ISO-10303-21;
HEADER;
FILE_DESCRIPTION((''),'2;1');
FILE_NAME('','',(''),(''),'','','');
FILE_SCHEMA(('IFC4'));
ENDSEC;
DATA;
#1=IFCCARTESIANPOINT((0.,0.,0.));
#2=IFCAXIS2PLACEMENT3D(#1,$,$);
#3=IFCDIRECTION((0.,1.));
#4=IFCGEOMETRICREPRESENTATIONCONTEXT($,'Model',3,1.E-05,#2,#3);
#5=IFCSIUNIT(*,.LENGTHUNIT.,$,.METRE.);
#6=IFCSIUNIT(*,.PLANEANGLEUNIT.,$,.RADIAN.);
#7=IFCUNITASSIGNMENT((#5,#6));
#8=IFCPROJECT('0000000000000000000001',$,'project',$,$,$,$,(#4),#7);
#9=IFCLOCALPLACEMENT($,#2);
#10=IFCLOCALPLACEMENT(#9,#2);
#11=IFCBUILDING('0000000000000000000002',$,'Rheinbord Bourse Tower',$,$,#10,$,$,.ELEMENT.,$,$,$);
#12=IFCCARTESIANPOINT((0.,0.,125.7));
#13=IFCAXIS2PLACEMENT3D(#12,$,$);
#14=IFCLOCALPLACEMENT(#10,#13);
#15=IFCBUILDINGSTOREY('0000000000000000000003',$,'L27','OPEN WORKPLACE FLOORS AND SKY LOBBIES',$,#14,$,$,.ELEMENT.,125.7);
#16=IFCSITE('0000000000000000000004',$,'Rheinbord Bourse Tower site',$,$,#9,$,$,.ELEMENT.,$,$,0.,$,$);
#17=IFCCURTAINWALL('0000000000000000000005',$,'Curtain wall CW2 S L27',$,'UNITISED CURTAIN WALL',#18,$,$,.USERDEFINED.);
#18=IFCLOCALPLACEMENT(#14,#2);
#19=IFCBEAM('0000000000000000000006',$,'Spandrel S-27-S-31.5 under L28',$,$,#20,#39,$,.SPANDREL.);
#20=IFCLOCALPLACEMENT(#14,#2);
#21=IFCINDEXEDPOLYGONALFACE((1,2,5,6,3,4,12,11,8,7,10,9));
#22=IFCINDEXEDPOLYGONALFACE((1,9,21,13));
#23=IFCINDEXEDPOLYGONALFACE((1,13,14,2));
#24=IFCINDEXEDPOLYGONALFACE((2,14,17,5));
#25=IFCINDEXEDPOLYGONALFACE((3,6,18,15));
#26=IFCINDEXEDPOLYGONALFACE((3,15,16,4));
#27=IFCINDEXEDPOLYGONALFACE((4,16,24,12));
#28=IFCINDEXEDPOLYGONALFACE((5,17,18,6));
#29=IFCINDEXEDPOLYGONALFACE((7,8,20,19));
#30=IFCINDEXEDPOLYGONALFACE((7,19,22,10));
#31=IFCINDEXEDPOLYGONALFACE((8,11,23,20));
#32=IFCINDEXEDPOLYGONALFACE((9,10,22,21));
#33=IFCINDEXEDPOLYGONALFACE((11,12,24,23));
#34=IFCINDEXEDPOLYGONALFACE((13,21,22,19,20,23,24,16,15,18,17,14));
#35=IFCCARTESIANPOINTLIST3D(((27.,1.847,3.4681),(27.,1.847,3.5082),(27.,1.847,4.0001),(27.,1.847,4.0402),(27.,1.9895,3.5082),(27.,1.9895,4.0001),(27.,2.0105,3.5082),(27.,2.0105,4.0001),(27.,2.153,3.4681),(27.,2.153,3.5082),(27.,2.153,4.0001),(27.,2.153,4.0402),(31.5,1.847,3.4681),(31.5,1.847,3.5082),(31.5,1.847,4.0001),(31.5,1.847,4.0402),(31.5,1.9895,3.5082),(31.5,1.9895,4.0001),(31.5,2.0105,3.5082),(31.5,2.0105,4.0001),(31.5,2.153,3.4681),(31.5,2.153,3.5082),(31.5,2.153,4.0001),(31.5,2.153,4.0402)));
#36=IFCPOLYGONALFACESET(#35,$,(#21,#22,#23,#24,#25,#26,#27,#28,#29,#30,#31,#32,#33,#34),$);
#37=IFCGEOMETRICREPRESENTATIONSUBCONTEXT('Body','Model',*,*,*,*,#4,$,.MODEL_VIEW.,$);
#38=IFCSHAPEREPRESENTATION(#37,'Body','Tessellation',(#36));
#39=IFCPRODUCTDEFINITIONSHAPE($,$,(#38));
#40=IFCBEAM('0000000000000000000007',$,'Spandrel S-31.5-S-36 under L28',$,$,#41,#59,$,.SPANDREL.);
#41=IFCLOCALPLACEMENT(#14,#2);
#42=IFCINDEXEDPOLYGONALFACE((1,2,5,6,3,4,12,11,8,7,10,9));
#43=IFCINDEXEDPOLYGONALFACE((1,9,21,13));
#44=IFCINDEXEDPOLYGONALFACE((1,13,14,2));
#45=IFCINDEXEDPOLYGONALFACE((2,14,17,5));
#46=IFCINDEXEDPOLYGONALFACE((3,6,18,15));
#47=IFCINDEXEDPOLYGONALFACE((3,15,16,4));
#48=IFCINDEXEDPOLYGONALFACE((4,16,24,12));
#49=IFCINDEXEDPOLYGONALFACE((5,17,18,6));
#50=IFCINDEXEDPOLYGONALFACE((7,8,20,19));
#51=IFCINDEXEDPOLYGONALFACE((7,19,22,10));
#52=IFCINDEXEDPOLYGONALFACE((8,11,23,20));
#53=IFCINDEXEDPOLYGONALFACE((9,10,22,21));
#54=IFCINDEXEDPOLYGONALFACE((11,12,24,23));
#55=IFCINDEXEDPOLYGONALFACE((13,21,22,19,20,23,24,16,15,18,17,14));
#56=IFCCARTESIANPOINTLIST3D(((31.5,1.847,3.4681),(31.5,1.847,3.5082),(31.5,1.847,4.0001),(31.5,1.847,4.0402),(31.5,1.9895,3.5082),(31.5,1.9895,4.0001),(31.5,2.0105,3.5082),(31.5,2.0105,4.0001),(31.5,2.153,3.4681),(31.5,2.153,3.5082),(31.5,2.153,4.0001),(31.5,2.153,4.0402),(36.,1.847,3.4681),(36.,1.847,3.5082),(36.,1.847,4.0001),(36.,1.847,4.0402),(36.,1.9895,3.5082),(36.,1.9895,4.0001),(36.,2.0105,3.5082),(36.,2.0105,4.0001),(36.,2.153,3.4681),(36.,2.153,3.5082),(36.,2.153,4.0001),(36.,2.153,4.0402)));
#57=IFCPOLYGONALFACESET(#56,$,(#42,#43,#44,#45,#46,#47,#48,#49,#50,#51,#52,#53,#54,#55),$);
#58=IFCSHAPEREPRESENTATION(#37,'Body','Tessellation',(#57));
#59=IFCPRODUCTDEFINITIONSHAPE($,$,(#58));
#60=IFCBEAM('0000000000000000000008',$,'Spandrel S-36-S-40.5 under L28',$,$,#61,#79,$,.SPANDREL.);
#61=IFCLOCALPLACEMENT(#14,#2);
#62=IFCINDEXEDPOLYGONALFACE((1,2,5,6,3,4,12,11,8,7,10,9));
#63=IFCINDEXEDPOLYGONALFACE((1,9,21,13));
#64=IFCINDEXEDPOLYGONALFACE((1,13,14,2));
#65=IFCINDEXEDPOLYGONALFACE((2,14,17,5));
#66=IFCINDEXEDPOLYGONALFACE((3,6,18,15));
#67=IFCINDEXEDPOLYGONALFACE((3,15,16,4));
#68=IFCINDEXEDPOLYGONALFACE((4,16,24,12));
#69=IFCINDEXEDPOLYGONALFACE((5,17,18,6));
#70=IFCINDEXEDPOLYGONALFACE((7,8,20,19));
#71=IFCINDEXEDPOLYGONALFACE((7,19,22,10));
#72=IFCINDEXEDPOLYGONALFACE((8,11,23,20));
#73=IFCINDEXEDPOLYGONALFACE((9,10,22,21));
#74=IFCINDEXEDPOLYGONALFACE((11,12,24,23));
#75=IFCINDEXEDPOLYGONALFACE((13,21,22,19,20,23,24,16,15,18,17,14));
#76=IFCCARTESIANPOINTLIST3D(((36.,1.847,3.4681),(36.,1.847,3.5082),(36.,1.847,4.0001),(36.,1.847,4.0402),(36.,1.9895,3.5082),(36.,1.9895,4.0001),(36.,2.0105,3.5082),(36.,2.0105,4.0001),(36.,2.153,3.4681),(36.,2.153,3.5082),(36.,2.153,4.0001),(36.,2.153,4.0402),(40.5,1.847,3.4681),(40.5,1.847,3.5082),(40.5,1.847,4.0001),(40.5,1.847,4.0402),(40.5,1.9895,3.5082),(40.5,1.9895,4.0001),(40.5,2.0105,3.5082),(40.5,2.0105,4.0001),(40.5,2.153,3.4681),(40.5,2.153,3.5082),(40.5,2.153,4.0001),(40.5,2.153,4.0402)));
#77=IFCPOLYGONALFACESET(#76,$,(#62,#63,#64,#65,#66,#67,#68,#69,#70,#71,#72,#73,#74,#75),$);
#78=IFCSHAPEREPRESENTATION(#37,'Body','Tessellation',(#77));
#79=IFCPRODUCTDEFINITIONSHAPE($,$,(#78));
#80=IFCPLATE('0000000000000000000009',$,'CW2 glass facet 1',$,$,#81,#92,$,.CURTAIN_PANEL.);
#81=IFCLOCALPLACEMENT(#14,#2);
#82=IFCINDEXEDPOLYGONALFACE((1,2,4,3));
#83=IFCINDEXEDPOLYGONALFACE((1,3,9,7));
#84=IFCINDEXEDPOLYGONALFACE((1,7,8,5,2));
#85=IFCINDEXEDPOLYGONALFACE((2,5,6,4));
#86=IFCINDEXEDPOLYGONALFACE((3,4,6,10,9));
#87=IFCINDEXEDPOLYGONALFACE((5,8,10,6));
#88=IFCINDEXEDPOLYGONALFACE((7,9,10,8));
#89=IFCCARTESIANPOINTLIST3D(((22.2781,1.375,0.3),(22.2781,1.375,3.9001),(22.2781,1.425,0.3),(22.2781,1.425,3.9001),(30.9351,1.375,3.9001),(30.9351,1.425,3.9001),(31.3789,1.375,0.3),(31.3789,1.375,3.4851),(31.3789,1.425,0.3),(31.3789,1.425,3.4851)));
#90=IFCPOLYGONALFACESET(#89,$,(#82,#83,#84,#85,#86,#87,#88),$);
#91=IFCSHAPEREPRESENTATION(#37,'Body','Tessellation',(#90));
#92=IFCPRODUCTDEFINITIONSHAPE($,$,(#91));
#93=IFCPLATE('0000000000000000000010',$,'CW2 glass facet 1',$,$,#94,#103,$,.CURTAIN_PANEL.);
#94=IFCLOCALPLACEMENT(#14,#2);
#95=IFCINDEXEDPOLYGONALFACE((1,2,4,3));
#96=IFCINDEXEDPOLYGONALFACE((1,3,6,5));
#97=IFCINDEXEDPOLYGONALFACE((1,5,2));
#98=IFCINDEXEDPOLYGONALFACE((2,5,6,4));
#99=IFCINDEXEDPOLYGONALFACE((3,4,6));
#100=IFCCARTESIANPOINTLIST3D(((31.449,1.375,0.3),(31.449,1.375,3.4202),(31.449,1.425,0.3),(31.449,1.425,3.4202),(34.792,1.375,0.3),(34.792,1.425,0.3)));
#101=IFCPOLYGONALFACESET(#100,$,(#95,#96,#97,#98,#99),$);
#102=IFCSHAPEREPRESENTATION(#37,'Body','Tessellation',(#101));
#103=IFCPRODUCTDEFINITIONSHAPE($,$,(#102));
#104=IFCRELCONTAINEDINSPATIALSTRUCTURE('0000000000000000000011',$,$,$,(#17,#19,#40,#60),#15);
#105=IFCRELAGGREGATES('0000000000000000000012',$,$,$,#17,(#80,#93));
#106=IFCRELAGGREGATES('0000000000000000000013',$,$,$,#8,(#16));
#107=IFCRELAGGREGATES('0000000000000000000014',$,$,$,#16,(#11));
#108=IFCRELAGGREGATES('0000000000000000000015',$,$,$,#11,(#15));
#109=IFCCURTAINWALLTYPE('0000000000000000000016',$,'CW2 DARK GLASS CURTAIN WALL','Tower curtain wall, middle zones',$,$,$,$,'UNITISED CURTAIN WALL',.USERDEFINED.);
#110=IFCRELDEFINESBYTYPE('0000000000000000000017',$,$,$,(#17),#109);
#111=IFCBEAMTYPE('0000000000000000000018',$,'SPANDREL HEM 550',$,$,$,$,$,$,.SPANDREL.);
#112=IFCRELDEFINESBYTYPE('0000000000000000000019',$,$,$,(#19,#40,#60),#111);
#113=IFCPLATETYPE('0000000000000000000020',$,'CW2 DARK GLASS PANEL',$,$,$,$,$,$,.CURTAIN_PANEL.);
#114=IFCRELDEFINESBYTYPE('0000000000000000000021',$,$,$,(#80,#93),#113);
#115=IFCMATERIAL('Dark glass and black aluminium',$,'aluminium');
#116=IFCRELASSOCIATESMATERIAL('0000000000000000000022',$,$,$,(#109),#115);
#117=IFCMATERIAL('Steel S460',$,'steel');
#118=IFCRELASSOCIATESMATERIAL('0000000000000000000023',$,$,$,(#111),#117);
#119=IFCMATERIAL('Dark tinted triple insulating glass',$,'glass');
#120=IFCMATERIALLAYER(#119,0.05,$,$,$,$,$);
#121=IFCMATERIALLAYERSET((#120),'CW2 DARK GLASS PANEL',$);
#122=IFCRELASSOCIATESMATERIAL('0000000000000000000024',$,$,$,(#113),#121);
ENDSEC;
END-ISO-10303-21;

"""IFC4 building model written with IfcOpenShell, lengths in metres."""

from ifc_helpers import new_model, si_unit, direction, frame, origin, origin_2d, place, context, subcontext, project, spatial, polyline, i_section, outline, extrude, material, layer, layer_set, material_profile, profile_set, type_object, element, aggregate, save


model = new_model("IFC4")

# Units and contexts
model_context = context("Model", 3, precision=1e-05, world=origin(), true_north=direction((0.0, 1.0)))
body_context = subcontext(model_context, "Body", "Model", "MODEL_VIEW")
ifc_project = project(units=[si_unit("LENGTHUNIT", "METRE"), si_unit("PLANEANGLEUNIT", "RADIAN")], contexts=[model_context])

# Site, building, storey
site_placement = place(None, origin())
site = spatial("IfcSite", under=ifc_project, at=site_placement, Name="Rheinbord Bourse Tower site", CompositionType="ELEMENT", RefElevation=0.0)
building_placement = place(site_placement, origin())
building = spatial("IfcBuilding", under=site, at=building_placement, Name="Rheinbord Bourse Tower", CompositionType="ELEMENT")
storey_placement = place(building_placement, frame((0.0, 0.0, 125.7)))
storey = spatial("IfcBuildingStorey", under=building, at=storey_placement, Name="L27", Description="OPEN WORKPLACE FLOORS AND SKY LOBBIES", CompositionType="ELEMENT", Elevation=125.7)

# Curtain wall
ifc_material_1 = material(Name="Dark glass and black aluminium", Category="aluminium")
curtain_wall_type = type_object("IfcCurtainWallType", Name="CW2 DARK GLASS CURTAIN WALL", Description="Tower curtain wall, middle zones", ElementType="UNITISED CURTAIN WALL", PredefinedType="USERDEFINED", material=ifc_material_1)
curtain_wall_placement = place(storey_placement, origin())
curtain_wall = element("IfcCurtainWall", 1, at=curtain_wall_placement, inside=storey, type_object=curtain_wall_type, Name="Curtain wall CW2 S L27", ObjectType="UNITISED CURTAIN WALL", PredefinedType="USERDEFINED")

# Beams
ifc_material_2 = material(Name="Steel S460", Category="steel")
ifc_material_profile_1 = material_profile(ifc_material_2, i_section(OverallWidth=0.3059, OverallDepth=0.572, WebThickness=0.021, FlangeThickness=0.04, at=origin_2d()), Name="HEM 550")
ifc_profile_set_1 = profile_set([ifc_material_profile_1], Name="Steel S460")
beam_type_1 = type_object("IfcBeamType", Name="SPANDREL HEM 550", PredefinedType="SPANDREL", material=ifc_profile_set_1)
for number, where, z_axis, x_axis, name in (
    (2, (27.0, 2.0, 3.7542), (1.0, 0.0, 0.0), (0.0, 1.0, 0.0), "Spandrel S-27-S-31.5 under L28"),
    (3, (31.5, 2.0, 3.7542), (1.0, 0.0, 0.0), (0.0, 1.0, 0.0), "Spandrel S-31.5-S-36 under L28"),
    (4, (36.0, 2.0, 3.7542), (1.0, 0.0, 0.0), (0.0, 1.0, 0.0), "Spandrel S-36-S-40.5 under L28"),
):
    element("IfcBeam", number, at=place(storey_placement, frame(where, z_axis=z_axis, x_axis=x_axis)), inside=storey, type_object=beam_type_1, Name=name, PredefinedType="SPANDREL", context=body_context, shape_type="SweptSolid", body=[
        extrude(i_section(OverallWidth=0.3059, OverallDepth=0.572, WebThickness=0.021, FlangeThickness=0.04, at=origin_2d()), origin(), (0.0, 0.0, 1.0), 4.5),
    ])

# Plates
ifc_material_3 = material(Name="Dark tinted triple insulating glass", Category="glass")
ifc_layer = layer(ifc_material_3, 0.05)
ifc_layer_set = layer_set([ifc_layer], Name="CW2 DARK GLASS PANEL")
plate_type = type_object("IfcPlateType", Name="CW2 DARK GLASS PANEL", PredefinedType="CURTAIN_PANEL", material=ifc_layer_set)
plate_1_placement = place(storey_placement, frame((31.3789, 1.375, 0.3), z_axis=(0.0, 1.0, 0.0), x_axis=(-1.0, 0.0, 0.0)))
plate_1 = element("IfcPlate", 5, at=plate_1_placement, type_object=plate_type, Name="CW2 glass facet 1", PredefinedType="CURTAIN_PANEL", context=body_context, shape_type="SweptSolid", body=[
    extrude(outline(polyline([(0.0, 0.0), (9.1008, 0.0), (9.1008, 3.6001), (0.4438, 3.6001), (0.0, 3.1851), (0.0, 0.0)])), origin(), (0.0, 0.0, 1.0), 0.05),
])
plate_2_placement = place(storey_placement, frame((31.449, 1.375, 0.3), z_axis=(0.0, 1.0, 0.0), x_axis=(0.0, 0.0, 1.0)))
plate_2 = element("IfcPlate", 6, at=plate_2_placement, type_object=plate_type, Name="CW2 glass facet 1", PredefinedType="CURTAIN_PANEL", context=body_context, shape_type="SweptSolid", body=[
    extrude(outline(polyline([(0.0, 0.0), (3.1201, 0.0), (0.0, 3.343), (0.0, 0.0)])), origin(), (0.0, 0.0, 1.0), 0.05),
])
aggregate(curtain_wall, [plate_1, plate_2])

save(model, "model.ifc")
